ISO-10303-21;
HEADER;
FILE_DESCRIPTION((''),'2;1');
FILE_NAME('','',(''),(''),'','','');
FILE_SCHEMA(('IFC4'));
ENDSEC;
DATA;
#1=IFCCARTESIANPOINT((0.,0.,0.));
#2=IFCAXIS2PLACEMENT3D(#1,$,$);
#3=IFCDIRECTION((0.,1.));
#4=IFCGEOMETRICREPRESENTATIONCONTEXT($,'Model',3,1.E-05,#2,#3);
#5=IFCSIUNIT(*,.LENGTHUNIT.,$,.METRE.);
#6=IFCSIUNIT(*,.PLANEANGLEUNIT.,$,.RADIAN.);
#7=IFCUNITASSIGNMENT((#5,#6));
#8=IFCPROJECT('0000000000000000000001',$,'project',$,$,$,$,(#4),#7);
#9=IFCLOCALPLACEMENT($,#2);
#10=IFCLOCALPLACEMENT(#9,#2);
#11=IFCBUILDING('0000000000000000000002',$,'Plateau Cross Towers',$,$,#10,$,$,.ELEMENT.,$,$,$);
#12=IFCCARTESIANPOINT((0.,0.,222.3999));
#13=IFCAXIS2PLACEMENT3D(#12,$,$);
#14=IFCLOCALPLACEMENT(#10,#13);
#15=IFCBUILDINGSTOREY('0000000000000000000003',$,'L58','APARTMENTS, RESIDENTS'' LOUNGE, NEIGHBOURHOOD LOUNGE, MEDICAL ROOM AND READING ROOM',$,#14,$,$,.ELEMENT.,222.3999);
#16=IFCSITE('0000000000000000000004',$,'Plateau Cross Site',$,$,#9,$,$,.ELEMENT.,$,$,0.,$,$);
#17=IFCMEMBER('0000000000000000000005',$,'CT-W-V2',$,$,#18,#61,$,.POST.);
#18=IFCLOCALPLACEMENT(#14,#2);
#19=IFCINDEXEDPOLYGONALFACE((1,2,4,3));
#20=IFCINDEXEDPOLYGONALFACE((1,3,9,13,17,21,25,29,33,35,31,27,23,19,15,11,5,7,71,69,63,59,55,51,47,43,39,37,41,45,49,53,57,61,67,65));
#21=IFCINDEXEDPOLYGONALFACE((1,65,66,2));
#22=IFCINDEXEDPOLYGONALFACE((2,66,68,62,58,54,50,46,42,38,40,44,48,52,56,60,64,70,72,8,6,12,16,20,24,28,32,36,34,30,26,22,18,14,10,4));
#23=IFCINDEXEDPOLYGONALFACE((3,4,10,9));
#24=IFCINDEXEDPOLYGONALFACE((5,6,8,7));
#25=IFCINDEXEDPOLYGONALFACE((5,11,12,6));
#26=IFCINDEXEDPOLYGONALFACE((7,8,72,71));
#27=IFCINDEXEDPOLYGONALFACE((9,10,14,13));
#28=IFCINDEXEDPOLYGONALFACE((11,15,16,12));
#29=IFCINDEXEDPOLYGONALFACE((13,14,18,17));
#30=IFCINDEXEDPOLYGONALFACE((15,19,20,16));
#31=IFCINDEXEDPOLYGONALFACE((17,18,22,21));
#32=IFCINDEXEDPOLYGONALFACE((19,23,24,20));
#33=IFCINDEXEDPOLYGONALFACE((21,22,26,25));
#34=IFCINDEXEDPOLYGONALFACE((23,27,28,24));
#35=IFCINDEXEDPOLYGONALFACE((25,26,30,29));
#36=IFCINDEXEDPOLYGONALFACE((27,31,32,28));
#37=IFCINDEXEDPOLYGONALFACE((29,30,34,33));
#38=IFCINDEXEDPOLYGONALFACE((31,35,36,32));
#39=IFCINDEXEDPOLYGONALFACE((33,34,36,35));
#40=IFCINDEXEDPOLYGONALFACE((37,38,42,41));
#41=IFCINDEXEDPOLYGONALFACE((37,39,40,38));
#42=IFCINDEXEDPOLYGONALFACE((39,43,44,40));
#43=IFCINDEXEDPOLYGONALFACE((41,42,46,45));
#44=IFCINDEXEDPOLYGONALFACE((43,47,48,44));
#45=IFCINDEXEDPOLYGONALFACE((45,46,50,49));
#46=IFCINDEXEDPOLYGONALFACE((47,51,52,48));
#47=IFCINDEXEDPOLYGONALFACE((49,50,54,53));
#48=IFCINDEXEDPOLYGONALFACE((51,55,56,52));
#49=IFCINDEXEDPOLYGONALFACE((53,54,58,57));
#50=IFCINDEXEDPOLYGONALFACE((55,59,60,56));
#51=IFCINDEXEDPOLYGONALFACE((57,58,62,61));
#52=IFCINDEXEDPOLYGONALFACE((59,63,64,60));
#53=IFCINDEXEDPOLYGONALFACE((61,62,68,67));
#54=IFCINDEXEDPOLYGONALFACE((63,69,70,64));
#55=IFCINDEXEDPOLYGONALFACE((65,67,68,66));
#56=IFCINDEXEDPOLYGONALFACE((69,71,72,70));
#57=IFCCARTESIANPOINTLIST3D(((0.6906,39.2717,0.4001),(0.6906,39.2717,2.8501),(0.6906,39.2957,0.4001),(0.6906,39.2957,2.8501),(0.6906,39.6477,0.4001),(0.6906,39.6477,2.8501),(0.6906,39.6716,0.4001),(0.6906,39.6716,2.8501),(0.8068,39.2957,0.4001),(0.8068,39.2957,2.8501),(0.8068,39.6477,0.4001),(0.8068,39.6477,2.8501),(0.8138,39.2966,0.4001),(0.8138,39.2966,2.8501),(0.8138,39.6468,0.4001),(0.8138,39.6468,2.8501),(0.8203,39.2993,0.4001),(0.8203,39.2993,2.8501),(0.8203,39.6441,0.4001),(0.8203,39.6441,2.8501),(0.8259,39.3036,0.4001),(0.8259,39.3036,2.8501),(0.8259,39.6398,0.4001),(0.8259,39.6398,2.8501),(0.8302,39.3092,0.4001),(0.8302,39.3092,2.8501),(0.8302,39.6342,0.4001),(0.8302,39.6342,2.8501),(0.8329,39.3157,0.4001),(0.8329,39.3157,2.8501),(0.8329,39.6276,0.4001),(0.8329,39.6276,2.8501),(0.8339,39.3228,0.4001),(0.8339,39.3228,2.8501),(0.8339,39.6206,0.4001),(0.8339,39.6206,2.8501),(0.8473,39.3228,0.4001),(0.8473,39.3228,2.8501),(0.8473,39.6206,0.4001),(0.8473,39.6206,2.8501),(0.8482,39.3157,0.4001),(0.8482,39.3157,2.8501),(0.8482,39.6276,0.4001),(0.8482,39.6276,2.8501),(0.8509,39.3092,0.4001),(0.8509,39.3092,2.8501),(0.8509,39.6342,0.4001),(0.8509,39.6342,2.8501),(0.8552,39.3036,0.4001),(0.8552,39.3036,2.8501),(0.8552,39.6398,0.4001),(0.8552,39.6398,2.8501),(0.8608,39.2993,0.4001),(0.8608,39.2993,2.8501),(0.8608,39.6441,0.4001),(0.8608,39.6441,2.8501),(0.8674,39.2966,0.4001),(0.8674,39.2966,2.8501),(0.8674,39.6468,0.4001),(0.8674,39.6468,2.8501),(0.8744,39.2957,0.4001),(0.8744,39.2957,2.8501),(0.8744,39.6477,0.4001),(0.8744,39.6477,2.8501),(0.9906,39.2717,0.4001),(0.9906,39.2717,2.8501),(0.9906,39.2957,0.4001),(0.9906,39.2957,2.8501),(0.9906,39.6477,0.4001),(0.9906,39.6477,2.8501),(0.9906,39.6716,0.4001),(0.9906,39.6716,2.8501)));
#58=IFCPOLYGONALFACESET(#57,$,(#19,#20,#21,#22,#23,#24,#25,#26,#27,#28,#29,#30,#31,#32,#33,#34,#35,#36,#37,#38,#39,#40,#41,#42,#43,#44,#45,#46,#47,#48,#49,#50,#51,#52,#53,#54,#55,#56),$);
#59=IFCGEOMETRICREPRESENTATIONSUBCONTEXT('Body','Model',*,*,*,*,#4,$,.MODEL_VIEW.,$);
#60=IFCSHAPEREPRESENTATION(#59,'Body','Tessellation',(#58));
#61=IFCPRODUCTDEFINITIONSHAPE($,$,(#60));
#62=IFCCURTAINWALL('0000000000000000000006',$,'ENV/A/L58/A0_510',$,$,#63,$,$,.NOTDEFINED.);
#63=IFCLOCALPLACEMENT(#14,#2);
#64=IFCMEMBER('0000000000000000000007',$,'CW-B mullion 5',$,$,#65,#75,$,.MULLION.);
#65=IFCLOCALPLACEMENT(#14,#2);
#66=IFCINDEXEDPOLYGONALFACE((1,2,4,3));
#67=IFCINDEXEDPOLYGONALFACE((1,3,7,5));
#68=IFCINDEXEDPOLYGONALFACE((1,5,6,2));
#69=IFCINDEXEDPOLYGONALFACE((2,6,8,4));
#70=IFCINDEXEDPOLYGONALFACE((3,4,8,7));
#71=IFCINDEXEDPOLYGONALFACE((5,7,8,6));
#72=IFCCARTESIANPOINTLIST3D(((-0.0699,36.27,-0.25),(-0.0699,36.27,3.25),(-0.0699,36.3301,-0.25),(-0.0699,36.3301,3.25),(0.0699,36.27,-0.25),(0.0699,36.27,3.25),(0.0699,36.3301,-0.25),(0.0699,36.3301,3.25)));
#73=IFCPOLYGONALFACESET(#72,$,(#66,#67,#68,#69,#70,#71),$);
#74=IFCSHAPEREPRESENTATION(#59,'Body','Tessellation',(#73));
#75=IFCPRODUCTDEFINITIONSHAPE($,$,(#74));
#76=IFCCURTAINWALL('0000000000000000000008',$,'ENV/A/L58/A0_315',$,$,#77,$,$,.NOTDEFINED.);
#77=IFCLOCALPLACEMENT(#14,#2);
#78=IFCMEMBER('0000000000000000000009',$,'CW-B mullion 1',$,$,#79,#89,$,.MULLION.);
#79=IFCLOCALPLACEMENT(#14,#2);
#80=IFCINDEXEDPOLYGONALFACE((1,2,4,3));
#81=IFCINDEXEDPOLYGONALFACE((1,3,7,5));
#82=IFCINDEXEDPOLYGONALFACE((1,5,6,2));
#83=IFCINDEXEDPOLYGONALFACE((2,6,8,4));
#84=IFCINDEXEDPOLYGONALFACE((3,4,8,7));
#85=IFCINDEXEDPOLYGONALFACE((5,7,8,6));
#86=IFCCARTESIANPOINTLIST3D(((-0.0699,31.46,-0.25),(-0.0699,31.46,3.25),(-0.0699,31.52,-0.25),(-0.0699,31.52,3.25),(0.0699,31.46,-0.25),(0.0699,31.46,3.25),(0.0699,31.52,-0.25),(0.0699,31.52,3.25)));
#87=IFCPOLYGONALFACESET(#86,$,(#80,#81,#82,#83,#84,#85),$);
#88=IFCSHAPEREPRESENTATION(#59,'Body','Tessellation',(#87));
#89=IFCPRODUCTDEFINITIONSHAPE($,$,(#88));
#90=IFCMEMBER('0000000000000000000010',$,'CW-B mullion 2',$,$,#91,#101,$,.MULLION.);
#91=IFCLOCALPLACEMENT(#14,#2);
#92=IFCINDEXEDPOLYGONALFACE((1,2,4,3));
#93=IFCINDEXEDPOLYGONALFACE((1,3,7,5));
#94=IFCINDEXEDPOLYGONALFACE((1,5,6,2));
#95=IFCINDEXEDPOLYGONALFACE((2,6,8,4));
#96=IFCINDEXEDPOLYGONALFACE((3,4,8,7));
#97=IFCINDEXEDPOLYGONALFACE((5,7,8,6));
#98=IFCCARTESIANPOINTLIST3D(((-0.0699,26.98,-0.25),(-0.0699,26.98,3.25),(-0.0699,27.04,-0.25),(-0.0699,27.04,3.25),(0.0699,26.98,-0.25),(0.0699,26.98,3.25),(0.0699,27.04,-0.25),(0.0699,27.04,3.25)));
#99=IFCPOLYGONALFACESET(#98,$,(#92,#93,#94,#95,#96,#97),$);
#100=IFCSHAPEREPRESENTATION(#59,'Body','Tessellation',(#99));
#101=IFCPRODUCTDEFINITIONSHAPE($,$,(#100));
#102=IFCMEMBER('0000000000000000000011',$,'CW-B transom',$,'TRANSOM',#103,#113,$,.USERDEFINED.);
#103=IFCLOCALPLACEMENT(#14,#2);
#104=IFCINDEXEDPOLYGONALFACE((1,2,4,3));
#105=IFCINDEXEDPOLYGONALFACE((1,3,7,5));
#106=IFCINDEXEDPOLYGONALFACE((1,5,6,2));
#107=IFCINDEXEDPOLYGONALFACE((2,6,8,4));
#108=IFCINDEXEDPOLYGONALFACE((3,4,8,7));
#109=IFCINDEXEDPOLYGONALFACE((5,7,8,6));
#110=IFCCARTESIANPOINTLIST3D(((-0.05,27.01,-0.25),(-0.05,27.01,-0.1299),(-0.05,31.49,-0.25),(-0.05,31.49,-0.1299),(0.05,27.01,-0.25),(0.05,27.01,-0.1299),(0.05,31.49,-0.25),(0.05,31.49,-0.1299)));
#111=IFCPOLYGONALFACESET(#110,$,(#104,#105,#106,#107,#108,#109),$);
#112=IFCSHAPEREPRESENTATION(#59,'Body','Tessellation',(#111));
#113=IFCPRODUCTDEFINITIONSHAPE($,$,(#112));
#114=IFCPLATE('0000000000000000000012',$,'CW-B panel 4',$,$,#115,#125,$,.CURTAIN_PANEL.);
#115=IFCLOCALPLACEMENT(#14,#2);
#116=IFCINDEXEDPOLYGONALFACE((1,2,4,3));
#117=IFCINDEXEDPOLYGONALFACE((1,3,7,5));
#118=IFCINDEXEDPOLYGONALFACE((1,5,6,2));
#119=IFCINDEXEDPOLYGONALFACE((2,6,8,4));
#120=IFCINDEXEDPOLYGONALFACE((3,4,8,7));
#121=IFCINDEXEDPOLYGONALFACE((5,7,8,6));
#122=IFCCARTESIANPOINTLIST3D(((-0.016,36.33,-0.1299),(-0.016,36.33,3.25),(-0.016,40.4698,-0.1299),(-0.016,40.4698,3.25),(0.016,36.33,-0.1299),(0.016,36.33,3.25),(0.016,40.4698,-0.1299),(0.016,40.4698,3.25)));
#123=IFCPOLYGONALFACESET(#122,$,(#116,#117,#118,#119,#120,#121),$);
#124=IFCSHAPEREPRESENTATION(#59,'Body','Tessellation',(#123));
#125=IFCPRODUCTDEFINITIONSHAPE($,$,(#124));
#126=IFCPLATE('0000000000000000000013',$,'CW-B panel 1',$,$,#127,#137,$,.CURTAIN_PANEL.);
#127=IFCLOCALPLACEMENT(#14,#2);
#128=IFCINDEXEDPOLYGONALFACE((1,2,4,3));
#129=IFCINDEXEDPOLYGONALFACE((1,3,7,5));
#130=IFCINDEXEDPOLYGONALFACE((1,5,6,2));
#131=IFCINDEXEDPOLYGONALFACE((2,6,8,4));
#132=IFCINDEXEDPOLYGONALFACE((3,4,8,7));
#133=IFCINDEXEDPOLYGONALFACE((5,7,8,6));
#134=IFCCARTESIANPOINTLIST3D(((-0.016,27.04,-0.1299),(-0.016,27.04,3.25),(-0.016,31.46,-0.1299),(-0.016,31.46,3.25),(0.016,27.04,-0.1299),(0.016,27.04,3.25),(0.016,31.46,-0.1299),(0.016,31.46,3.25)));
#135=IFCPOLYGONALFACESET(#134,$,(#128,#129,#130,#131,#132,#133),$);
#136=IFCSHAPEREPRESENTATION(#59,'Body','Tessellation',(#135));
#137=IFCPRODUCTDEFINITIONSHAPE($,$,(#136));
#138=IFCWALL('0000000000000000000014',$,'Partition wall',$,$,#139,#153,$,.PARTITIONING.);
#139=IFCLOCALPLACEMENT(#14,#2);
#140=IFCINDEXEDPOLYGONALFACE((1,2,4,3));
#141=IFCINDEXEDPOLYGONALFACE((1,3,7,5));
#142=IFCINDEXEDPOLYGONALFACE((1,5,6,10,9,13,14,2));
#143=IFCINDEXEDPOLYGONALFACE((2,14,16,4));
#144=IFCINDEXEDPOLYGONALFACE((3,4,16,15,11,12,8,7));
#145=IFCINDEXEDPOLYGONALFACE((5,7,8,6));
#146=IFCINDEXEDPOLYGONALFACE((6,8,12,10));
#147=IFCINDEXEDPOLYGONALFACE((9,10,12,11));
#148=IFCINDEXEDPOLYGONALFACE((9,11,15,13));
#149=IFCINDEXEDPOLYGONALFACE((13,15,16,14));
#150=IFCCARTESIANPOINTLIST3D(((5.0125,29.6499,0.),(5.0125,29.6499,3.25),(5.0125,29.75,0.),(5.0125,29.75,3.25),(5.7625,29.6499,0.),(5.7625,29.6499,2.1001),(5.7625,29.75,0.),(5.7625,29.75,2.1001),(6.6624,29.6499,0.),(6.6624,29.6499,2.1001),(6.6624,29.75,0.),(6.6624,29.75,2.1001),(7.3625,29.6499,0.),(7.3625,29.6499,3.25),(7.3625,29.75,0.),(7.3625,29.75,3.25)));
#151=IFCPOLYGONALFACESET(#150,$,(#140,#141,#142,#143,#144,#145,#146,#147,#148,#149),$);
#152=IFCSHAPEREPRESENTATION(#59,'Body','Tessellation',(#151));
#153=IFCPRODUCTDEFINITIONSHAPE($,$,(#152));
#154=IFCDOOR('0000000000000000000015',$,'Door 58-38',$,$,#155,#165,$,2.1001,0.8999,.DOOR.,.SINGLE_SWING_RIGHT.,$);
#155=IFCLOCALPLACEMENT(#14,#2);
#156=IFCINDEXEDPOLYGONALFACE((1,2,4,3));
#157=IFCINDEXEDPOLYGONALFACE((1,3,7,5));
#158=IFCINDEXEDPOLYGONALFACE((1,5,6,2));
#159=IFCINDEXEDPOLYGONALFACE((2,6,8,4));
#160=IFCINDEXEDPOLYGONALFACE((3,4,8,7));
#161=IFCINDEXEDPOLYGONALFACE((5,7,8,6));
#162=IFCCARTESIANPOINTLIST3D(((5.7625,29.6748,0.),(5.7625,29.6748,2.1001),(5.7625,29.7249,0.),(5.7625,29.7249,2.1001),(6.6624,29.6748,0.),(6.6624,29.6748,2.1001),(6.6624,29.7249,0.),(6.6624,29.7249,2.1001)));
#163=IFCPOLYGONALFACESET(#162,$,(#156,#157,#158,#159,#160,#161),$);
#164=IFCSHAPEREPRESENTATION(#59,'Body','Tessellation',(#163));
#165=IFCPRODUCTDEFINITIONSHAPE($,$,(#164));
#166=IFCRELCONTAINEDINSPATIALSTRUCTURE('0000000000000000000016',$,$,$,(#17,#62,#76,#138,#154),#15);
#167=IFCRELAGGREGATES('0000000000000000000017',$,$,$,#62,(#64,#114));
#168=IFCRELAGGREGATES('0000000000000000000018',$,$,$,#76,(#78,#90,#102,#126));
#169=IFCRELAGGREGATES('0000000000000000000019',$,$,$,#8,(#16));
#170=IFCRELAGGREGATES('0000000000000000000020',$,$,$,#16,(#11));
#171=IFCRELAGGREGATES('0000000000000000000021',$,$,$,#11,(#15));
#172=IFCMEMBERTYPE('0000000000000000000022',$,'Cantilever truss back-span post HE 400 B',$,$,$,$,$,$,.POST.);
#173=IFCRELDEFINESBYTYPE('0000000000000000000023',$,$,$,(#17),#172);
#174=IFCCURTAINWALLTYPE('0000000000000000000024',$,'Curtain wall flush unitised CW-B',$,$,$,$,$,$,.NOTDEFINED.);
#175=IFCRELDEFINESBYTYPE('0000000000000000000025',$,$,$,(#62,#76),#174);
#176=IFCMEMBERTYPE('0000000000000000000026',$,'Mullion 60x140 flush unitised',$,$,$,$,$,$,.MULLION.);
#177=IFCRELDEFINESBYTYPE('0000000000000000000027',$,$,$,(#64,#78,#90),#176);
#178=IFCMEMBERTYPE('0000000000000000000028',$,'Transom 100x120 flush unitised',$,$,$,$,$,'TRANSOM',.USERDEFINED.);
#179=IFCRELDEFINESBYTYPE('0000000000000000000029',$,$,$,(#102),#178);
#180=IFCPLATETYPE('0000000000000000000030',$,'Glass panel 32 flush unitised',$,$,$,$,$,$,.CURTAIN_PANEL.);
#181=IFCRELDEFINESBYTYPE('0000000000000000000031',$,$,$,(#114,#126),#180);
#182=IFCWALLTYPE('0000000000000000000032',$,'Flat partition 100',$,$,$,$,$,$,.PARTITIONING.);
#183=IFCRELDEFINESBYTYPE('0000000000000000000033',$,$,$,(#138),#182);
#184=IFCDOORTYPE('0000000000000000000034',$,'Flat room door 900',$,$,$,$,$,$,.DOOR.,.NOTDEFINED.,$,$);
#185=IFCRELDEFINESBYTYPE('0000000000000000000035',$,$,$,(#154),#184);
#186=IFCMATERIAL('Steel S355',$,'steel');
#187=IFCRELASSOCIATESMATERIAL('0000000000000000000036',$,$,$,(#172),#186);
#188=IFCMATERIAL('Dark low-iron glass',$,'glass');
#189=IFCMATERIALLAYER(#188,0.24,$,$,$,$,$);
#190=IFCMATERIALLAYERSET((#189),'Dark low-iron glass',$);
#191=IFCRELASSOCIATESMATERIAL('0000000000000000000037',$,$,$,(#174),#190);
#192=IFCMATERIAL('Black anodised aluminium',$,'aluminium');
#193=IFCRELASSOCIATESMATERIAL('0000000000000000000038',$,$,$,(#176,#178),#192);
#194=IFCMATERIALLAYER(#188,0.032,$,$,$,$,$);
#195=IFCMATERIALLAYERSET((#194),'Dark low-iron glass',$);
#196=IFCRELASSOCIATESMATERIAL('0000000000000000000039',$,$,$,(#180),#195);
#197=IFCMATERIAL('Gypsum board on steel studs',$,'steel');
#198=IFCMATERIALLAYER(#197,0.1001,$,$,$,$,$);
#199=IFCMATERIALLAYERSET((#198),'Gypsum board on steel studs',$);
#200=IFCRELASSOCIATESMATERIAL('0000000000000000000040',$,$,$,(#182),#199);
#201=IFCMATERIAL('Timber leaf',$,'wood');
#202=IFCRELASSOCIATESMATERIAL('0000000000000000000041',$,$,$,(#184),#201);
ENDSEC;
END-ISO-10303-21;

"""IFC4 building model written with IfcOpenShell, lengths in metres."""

from ifc_helpers import new_model, si_unit, direction, frame, frame_2d, origin, origin_2d, place, context, subcontext, project, spatial, rectangle, i_section, extrude, material, layer, layer_set, material_profile, profile_set, type_object, element, fill, aggregate, save


model = new_model("IFC4")

# Units and contexts
model_context = context("Model", 3, precision=1e-05, world=origin(), true_north=direction((0.0, 1.0)))
body_context = subcontext(model_context, "Body", "Model", "MODEL_VIEW")
ifc_project = project(units=[si_unit("LENGTHUNIT", "METRE"), si_unit("PLANEANGLEUNIT", "RADIAN")], contexts=[model_context])

# Site, building, storey
site_placement = place(None, origin())
site = spatial("IfcSite", under=ifc_project, at=site_placement, Name="Plateau Cross Site", CompositionType="ELEMENT", RefElevation=0.0)
building_placement = place(site_placement, origin())
building = spatial("IfcBuilding", under=site, at=building_placement, Name="Plateau Cross Towers", CompositionType="ELEMENT")
storey_placement = place(building_placement, frame((0.0, 0.0, 222.3999)))
storey = spatial("IfcBuildingStorey", under=building, at=storey_placement, Name="L58", Description="APARTMENTS, RESIDENTS' LOUNGE, NEIGHBOURHOOD LOUNGE, MEDICAL ROOM AND READING ROOM", CompositionType="ELEMENT", Elevation=222.3999)

# Member
ifc_material_1 = material(Name="Steel S355", Category="steel")
ifc_material_profile_1 = material_profile(ifc_material_1, i_section(OverallWidth=0.3, OverallDepth=0.3999, WebThickness=0.0134, FlangeThickness=0.0239, FilletRadius=0.0271, at=origin_2d()), Name="HE 400 B")
ifc_profile_set_1 = profile_set([ifc_material_profile_1], Name="Steel S355")
member_type_1 = type_object("IfcMemberType", Name="Cantilever truss back-span post HE 400 B", PredefinedType="POST", material=ifc_profile_set_1)
for number, where, z_axis, x_axis, name in (
    (1, (0.8406, 39.4717, 0.4001), (0.0, 0.0, 1.0), (1.0, 0.0, 0.0), "CT-W-V2"),
):
    element("IfcMember", number, at=place(storey_placement, frame(where, z_axis=z_axis, x_axis=x_axis)), inside=storey, type_object=member_type_1, Name=name, PredefinedType="POST", context=body_context, shape_type="SweptSolid", body=[
        extrude(i_section(OverallWidth=0.3, OverallDepth=0.3999, WebThickness=0.0134, FlangeThickness=0.0239, FilletRadius=0.0271, at=origin_2d()), origin(), (0.0, 0.0, 1.0), 2.45),
    ])

# Curtain wall, member
ifc_material_2 = material(Name="Dark low-iron glass", Category="glass")
ifc_layer_1 = layer(ifc_material_2, 0.24)
ifc_layer_set_1 = layer_set([ifc_layer_1], Name="Dark low-iron glass")
curtain_wall_type = type_object("IfcCurtainWallType", Name="Curtain wall flush unitised CW-B", PredefinedType="NOTDEFINED", material=ifc_layer_set_1)
curtain_wall_1_placement = place(storey_placement, origin())
curtain_wall_1 = element("IfcCurtainWall", 2, at=curtain_wall_1_placement, inside=storey, type_object=curtain_wall_type, Name="ENV/A/L58/A0_510", PredefinedType="NOTDEFINED")
ifc_material_3 = material(Name="Black anodised aluminium", Category="aluminium")
ifc_material_profile_2 = material_profile(ifc_material_3, rectangle(XDim=0.0601, YDim=0.1399, at=origin_2d()), Name="MULLION 60x140")
ifc_profile_set_2 = profile_set([ifc_material_profile_2], Name="Black anodised aluminium")
member_type_2 = type_object("IfcMemberType", Name="Mullion 60x140 flush unitised", PredefinedType="MULLION", material=ifc_profile_set_2)
member_1_placement = place(storey_placement, frame((0.0, 36.3, -0.25), z_axis=(0.0, 0.0, 1.0), x_axis=(0.0, -1.0, 0.0)))
member_1 = element("IfcMember", 3, at=member_1_placement, type_object=member_type_2, Name="CW-B mullion 5", PredefinedType="MULLION", context=body_context, shape_type="SweptSolid", body=[
    extrude(rectangle(XDim=0.0601, YDim=0.1399, at=origin_2d()), origin(), (0.0, 0.0, 1.0), 3.5),
])

# Curtain wall, members
curtain_wall_2_placement = place(storey_placement, origin())
curtain_wall_2 = element("IfcCurtainWall", 4, at=curtain_wall_2_placement, inside=storey, type_object=curtain_wall_type, Name="ENV/A/L58/A0_315", PredefinedType="NOTDEFINED")
member_2_placement = place(storey_placement, frame((0.0, 31.49, -0.25), z_axis=(0.0, 0.0, 1.0), x_axis=(0.0, -1.0, 0.0)))
member_2 = element("IfcMember", 5, at=member_2_placement, type_object=member_type_2, Name="CW-B mullion 1", PredefinedType="MULLION", context=body_context, shape_type="SweptSolid", body=[
    extrude(rectangle(XDim=0.0601, YDim=0.1399, at=origin_2d()), origin(), (0.0, 0.0, 1.0), 3.5),
])
member_3_placement = place(storey_placement, frame((0.0, 27.01, -0.25), z_axis=(0.0, 0.0, 1.0), x_axis=(0.0, -1.0, 0.0)))
member_3 = element("IfcMember", 6, at=member_3_placement, type_object=member_type_2, Name="CW-B mullion 2", PredefinedType="MULLION", context=body_context, shape_type="SweptSolid", body=[
    extrude(rectangle(XDim=0.0601, YDim=0.1399, at=origin_2d()), origin(), (0.0, 0.0, 1.0), 3.5),
])
ifc_material_profile_3 = material_profile(ifc_material_3, rectangle(XDim=0.1001, YDim=0.1201, at=origin_2d()), Name="TRANSOM 100x120")
ifc_profile_set_3 = profile_set([ifc_material_profile_3], Name="Black anodised aluminium")
member_type_3 = type_object("IfcMemberType", Name="Transom 100x120 flush unitised", ElementType="TRANSOM", PredefinedType="USERDEFINED", material=ifc_profile_set_3)
member_4_placement = place(storey_placement, frame((0.0, 31.49, -0.1899), z_axis=(0.0, -1.0, 0.0), x_axis=(1.0, 0.0, 0.0)))
member_4 = element("IfcMember", 7, at=member_4_placement, type_object=member_type_3, Name="CW-B transom", ObjectType="TRANSOM", PredefinedType="USERDEFINED", context=body_context, shape_type="SweptSolid", body=[
    extrude(rectangle(XDim=0.1001, YDim=0.1201, at=origin_2d()), origin(), (0.0, 0.0, 1.0), 4.48),
])

# Plates
ifc_layer_2 = layer(ifc_material_2, 0.032)
ifc_layer_set_2 = layer_set([ifc_layer_2], Name="Dark low-iron glass")
plate_type = type_object("IfcPlateType", Name="Glass panel 32 flush unitised", PredefinedType="CURTAIN_PANEL", material=ifc_layer_set_2)
plate_1_placement = place(storey_placement, frame((0.0, 38.3999, -0.1299), z_axis=(0.0, 0.0, 1.0), x_axis=(0.0, -1.0, 0.0)))
plate_1 = element("IfcPlate", 8, at=plate_1_placement, type_object=plate_type, Name="CW-B panel 4", PredefinedType="CURTAIN_PANEL", context=body_context, shape_type="SweptSolid", body=[
    extrude(rectangle(XDim=4.1399, YDim=0.032, at=origin_2d()), origin(), (0.0, 0.0, 1.0), 3.3799),
])
aggregate(curtain_wall_1, [member_1, plate_1])
plate_2_placement = place(storey_placement, frame((0.0, 29.25, -0.1299), z_axis=(0.0, 0.0, 1.0), x_axis=(0.0, -1.0, 0.0)))
plate_2 = element("IfcPlate", 9, at=plate_2_placement, type_object=plate_type, Name="CW-B panel 1", PredefinedType="CURTAIN_PANEL", context=body_context, shape_type="SweptSolid", body=[
    extrude(rectangle(XDim=4.4199, YDim=0.032, at=origin_2d()), origin(), (0.0, 0.0, 1.0), 3.3799),
])
aggregate(curtain_wall_2, [member_2, member_3, member_4, plate_2])

# Wall, opening, door
ifc_material_4 = material(Name="Gypsum board on steel studs", Category="steel")
ifc_layer_3 = layer(ifc_material_4, 0.1001)
ifc_layer_set_3 = layer_set([ifc_layer_3], Name="Gypsum board on steel studs")
wall_type_1 = type_object("IfcWallType", Name="Flat partition 100", PredefinedType="PARTITIONING", material=ifc_layer_set_3)
wall_1_placement = place(storey_placement, frame((5.0125, 29.7, 0.0), z_axis=(0.0, 0.0, 1.0), x_axis=(1.0, 0.0, 0.0)))
wall_1 = element("IfcWall", 10, at=wall_1_placement, inside=storey, type_object=wall_type_1, Name="Partition wall", PredefinedType="PARTITIONING", context=body_context, shape_type="SweptSolid", body=[
    extrude(rectangle(XDim=2.3501, YDim=0.1001, at=frame_2d((1.175, 0.0))), origin(), (0.0, 0.0, 1.0), 3.25),
])
opening_1_placement = place(wall_1_placement, frame((0.75, 0.0, 0.0)))
opening_1 = element("IfcOpeningElement", 11, at=opening_1_placement, cuts=wall_1, PredefinedType="OPENING", context=body_context, shape_type="SweptSolid", body=[
    extrude(rectangle(XDim=0.8999, YDim=2.1001, at=frame_2d((0.45, 1.05))), frame((0.0, 0.0601, 0.0), z_axis=(0.0, -1.0, 0.0), x_axis=(1.0, 0.0, 0.0)), (0.0, 0.0, 1.0), 0.1201),
])
ifc_material_5 = material(Name="Timber leaf", Category="wood")
door_type_1 = type_object("IfcDoorType", Name="Flat room door 900", OperationType="NOTDEFINED", PredefinedType="DOOR", material=ifc_material_5)
door_1_placement = place(opening_1_placement, origin())
door_1 = element("IfcDoor", 12, at=door_1_placement, inside=storey, type_object=door_type_1, Name="Door 58-38", OperationType="SINGLE_SWING_RIGHT", OverallHeight=2.1001, OverallWidth=0.8999, PredefinedType="DOOR", context=body_context, shape_type="SweptSolid", body=[
    extrude(rectangle(XDim=0.8999, YDim=2.1001, at=frame_2d((0.45, 1.05))), frame((0.0, 0.0249, 0.0), z_axis=(0.0, -1.0, 0.0), x_axis=(1.0, 0.0, 0.0)), (0.0, 0.0, 1.0), 0.05),
])
fill(opening_1, door_1)

save(model, "model.ifc")
